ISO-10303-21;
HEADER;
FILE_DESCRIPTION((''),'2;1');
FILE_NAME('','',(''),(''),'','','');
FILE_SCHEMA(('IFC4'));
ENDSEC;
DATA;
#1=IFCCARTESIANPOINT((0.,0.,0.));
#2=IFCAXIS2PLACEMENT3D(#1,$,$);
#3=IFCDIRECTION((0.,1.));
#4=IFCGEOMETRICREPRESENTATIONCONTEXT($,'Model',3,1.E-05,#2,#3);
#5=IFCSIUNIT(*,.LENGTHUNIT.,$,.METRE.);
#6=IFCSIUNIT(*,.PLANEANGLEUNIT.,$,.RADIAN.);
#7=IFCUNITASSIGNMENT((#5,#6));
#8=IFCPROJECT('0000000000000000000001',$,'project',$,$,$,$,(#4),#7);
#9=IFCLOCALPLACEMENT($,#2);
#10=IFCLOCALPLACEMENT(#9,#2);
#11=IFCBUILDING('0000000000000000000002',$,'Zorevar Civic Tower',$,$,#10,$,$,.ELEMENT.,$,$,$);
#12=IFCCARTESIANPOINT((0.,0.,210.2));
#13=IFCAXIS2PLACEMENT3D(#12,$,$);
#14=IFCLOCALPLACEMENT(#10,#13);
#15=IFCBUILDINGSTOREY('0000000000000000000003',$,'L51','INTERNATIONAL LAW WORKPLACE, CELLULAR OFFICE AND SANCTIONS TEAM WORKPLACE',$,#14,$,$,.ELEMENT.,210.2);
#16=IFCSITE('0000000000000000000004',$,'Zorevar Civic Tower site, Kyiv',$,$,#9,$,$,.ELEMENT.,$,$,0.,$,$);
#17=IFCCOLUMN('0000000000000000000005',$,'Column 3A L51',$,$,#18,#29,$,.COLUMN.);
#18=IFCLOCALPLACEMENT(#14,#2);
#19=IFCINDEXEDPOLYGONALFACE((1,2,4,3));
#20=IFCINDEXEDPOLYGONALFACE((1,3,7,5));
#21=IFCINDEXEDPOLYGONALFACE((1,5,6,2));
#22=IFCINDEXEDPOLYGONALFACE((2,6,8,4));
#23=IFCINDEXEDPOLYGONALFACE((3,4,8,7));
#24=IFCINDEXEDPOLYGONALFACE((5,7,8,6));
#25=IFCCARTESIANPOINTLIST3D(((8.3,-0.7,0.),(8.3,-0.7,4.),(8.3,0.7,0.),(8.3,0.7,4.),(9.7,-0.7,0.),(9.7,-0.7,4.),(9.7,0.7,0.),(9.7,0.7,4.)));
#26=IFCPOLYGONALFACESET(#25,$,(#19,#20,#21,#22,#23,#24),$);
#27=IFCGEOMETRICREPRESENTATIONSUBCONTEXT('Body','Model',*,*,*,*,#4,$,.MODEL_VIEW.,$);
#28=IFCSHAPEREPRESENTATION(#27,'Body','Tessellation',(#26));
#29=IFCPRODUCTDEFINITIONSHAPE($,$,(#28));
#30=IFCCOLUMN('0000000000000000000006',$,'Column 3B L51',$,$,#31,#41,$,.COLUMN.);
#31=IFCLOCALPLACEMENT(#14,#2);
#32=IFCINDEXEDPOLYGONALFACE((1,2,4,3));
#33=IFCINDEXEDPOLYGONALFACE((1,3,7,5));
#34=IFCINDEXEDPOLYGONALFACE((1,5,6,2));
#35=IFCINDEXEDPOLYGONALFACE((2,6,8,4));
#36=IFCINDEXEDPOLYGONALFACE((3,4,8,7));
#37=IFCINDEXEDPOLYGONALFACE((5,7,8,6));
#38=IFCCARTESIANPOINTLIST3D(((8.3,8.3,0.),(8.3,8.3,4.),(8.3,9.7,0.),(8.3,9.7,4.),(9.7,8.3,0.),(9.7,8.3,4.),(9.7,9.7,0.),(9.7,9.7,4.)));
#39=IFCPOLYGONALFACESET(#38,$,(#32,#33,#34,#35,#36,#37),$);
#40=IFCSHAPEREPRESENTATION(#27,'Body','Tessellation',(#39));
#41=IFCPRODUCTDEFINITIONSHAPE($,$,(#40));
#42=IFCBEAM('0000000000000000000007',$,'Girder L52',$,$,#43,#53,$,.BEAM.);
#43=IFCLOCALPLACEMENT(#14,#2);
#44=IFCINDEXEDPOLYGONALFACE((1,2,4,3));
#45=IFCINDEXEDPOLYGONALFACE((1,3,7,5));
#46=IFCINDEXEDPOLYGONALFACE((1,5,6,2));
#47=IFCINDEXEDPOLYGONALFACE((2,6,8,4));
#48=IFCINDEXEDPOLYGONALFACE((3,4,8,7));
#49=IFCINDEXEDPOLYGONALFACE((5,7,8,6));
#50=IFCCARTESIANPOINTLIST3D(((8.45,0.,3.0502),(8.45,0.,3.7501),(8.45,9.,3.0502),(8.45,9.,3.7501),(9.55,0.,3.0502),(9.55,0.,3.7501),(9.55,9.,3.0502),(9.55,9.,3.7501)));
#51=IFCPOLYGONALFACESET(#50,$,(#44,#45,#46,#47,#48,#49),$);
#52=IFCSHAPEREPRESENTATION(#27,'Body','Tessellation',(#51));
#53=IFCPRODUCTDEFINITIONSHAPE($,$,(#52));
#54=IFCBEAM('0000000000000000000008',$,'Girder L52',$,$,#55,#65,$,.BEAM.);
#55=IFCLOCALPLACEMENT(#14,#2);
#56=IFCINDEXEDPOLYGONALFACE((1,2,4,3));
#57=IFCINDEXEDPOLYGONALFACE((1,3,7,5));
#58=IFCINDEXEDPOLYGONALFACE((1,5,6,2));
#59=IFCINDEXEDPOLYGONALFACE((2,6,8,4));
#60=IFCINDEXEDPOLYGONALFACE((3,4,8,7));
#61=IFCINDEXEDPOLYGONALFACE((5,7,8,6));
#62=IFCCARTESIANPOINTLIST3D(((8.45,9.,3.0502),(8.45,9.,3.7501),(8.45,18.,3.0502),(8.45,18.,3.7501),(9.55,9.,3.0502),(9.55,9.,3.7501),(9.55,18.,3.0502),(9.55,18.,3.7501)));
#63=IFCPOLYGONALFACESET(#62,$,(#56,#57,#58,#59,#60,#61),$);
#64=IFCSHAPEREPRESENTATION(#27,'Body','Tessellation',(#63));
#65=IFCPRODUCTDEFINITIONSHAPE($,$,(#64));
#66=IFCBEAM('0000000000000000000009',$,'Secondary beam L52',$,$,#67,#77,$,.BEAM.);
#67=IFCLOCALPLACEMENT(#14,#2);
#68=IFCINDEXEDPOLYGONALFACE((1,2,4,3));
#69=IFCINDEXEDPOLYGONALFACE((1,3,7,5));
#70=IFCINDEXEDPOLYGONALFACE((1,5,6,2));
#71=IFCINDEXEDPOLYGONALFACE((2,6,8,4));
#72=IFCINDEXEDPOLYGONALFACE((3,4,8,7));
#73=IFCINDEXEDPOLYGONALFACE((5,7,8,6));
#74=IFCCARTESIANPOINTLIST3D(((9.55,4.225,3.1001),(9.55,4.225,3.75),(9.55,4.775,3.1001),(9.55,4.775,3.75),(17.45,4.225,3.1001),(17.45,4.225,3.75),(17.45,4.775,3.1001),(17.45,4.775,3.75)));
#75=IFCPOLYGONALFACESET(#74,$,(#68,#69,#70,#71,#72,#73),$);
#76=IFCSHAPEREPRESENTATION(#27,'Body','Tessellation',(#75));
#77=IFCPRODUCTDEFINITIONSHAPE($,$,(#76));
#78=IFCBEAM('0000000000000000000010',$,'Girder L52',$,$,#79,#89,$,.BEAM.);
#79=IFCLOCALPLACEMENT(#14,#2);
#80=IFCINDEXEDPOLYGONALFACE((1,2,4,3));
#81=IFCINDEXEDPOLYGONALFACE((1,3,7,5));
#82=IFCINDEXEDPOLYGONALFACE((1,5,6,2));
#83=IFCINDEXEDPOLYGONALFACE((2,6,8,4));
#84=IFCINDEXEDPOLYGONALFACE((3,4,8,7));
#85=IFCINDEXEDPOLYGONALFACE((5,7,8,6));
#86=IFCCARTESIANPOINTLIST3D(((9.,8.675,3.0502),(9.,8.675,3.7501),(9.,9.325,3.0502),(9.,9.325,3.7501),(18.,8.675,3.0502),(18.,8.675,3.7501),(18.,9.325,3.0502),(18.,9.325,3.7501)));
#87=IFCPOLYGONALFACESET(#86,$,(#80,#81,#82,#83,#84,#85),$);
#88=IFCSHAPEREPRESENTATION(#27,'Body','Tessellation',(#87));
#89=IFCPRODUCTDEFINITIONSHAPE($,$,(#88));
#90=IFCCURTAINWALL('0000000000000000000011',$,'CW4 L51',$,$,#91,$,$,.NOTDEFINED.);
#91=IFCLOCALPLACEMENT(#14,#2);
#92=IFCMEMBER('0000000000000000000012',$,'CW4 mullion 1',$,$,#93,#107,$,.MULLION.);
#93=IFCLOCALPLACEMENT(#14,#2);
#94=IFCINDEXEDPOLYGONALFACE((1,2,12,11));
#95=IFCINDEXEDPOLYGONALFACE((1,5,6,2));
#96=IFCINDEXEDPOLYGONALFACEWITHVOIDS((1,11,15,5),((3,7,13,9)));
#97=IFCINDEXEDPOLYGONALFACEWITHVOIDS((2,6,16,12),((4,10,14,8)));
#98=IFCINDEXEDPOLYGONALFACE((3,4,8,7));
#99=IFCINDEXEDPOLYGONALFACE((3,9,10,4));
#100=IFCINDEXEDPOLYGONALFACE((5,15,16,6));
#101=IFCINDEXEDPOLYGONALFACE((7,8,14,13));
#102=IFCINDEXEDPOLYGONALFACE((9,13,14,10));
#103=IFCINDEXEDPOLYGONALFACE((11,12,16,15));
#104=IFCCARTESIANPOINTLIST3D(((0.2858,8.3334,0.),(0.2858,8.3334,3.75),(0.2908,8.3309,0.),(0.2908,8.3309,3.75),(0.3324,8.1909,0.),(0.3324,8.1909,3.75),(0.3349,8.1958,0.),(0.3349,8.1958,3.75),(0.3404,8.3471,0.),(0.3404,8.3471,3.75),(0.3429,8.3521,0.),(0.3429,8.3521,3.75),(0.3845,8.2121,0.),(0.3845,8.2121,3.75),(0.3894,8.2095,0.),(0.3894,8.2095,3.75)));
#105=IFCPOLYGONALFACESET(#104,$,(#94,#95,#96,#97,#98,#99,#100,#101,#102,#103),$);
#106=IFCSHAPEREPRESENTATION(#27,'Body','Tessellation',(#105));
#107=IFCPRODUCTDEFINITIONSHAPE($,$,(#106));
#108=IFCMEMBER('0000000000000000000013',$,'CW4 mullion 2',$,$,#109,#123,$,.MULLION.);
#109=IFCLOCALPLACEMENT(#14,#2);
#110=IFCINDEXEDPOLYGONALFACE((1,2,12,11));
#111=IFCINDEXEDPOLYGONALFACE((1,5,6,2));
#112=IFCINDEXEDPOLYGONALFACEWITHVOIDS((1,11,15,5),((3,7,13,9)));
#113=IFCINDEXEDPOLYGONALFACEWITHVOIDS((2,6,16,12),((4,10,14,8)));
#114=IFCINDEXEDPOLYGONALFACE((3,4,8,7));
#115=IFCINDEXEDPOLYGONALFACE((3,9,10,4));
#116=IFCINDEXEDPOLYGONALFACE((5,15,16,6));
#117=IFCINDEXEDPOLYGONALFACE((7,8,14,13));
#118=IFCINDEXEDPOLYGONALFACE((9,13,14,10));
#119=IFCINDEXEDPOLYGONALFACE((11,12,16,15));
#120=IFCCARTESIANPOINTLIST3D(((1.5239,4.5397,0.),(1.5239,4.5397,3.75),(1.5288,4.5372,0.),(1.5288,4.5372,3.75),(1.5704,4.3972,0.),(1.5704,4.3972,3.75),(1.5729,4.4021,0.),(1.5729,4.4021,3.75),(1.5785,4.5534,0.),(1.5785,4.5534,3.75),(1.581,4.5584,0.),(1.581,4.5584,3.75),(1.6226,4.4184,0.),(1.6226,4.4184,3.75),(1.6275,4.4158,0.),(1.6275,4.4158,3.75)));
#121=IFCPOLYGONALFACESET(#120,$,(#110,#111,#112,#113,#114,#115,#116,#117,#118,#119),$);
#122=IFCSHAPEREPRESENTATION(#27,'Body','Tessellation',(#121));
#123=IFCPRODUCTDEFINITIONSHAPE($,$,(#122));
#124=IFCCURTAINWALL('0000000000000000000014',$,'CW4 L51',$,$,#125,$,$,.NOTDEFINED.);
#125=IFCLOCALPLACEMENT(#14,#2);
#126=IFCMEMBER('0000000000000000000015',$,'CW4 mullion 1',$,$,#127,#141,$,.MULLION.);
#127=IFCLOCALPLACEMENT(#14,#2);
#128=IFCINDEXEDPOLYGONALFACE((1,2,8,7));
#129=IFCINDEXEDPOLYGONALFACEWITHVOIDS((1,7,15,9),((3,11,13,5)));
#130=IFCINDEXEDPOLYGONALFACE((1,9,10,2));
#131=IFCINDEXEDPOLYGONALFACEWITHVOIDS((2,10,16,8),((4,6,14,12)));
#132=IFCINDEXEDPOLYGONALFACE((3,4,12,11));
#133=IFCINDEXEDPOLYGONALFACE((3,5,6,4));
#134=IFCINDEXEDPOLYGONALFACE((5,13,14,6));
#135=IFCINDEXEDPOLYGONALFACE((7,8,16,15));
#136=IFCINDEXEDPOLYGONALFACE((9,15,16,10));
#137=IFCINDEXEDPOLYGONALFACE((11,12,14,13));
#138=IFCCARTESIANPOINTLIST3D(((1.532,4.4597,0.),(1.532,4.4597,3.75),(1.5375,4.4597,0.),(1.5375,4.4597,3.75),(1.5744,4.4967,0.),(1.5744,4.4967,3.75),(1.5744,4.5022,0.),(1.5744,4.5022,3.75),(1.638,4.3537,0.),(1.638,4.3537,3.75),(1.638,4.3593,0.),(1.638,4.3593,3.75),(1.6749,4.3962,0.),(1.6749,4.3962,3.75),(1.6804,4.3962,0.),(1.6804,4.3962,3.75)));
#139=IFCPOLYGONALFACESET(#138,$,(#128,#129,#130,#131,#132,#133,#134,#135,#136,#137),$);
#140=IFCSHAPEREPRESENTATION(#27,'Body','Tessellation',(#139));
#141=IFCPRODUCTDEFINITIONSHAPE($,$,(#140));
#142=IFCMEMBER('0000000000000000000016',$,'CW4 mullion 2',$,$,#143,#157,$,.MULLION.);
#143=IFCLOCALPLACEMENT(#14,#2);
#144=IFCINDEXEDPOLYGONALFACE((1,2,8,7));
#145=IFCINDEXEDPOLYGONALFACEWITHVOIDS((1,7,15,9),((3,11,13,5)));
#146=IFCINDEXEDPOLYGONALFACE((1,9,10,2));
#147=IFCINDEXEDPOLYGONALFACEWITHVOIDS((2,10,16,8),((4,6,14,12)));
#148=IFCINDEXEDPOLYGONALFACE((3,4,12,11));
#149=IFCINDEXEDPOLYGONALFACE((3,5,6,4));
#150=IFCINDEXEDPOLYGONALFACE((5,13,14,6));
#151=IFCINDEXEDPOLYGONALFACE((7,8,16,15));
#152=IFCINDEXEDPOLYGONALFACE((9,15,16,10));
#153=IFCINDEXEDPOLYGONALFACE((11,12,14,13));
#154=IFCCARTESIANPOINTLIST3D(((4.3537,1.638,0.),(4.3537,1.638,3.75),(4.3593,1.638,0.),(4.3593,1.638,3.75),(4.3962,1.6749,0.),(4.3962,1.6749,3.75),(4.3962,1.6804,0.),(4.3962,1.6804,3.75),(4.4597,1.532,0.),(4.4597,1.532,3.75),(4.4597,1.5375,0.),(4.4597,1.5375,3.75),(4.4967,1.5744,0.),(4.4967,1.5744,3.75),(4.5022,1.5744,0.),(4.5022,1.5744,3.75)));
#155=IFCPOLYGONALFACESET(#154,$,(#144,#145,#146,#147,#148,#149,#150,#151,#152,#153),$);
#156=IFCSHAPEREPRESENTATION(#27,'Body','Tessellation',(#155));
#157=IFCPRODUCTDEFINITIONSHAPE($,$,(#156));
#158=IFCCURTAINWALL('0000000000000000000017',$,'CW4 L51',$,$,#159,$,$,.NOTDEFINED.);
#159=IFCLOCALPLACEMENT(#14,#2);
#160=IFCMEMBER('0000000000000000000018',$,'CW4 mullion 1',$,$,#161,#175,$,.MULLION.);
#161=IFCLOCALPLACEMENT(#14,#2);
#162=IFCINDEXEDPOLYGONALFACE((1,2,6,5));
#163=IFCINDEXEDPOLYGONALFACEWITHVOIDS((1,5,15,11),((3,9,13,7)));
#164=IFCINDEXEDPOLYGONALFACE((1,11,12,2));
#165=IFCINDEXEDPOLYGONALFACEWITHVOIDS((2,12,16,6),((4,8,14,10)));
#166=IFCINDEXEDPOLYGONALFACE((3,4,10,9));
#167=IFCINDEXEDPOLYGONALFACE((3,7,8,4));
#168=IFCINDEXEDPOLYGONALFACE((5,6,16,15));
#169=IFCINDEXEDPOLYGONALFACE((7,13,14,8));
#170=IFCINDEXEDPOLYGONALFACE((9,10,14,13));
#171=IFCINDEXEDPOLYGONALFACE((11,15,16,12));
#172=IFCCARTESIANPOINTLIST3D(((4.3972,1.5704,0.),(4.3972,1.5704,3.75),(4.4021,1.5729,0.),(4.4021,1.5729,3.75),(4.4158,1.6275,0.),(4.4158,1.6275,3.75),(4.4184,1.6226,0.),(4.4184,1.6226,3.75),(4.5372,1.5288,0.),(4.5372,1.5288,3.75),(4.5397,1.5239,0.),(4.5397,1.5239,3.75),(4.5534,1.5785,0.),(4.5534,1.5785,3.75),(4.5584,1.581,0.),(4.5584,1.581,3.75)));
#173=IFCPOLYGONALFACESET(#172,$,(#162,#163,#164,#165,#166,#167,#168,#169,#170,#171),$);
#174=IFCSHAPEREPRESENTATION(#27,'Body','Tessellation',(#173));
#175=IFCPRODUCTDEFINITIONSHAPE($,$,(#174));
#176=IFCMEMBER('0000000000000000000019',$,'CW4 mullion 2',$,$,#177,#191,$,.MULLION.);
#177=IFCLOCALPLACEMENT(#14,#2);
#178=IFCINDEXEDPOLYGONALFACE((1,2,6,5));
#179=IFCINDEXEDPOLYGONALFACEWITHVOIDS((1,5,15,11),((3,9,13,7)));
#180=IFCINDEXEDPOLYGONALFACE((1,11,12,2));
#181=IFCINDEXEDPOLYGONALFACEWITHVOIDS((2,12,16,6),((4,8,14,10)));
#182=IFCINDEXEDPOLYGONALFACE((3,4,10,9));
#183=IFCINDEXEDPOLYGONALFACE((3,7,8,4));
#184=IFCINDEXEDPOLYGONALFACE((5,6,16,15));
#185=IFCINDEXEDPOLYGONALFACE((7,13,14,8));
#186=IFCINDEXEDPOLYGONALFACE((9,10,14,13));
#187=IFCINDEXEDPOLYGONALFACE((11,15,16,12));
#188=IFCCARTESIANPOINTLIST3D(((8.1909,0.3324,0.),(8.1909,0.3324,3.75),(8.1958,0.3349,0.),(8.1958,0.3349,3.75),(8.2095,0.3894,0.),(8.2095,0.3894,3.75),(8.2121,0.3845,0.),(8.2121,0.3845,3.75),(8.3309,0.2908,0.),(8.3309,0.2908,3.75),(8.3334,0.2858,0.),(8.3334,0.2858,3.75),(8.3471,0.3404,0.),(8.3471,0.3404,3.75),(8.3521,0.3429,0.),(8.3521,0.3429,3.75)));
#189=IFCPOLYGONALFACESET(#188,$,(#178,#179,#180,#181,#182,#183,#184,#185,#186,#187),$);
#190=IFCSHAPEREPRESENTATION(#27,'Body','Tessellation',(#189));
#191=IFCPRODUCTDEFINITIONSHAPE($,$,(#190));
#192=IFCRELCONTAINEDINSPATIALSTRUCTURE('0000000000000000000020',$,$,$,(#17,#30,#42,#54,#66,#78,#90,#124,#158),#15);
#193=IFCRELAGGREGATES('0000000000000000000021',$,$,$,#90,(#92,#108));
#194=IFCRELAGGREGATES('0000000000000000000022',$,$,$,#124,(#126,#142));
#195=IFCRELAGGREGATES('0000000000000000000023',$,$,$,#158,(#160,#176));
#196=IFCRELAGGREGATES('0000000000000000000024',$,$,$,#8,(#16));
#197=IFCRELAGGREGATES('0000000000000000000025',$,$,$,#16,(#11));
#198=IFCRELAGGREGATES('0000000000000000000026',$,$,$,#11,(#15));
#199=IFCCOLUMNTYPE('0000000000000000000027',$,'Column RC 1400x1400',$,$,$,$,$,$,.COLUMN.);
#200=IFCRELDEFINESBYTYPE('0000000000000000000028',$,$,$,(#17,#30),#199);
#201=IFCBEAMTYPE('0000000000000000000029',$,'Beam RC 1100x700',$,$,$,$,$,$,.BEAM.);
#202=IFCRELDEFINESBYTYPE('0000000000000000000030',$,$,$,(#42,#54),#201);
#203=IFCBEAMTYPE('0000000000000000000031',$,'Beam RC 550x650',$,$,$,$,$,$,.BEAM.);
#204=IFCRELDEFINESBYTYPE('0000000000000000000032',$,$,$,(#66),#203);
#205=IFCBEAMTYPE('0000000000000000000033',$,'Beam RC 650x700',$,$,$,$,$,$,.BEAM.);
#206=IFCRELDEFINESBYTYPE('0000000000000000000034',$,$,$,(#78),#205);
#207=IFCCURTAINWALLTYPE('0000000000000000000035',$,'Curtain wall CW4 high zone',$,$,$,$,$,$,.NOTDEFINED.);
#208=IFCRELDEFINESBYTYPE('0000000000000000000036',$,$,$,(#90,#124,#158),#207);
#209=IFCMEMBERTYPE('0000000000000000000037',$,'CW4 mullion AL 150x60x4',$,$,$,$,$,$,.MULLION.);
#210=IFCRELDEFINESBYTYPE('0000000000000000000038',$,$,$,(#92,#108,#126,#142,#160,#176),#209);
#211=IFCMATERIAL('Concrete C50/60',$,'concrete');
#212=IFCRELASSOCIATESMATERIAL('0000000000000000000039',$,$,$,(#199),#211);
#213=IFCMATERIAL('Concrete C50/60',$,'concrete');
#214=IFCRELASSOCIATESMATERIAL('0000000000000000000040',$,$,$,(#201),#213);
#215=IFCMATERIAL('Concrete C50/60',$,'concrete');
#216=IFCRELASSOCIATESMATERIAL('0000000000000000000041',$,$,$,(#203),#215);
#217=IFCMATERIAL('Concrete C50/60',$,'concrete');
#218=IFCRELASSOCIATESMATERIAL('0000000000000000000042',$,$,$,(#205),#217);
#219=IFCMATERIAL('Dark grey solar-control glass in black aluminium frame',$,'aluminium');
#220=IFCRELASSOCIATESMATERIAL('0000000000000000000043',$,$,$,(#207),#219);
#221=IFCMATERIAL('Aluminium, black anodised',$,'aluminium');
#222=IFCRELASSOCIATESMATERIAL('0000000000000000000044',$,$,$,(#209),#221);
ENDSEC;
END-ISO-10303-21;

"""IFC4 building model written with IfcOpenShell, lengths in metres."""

from ifc_helpers import new_model, si_unit, direction, frame, origin, origin_2d, place, context, subcontext, project, spatial, rectangle, hollow_rectangle, extrude, material, material_profile, profile_set, type_object, element, aggregate, save


model = new_model("IFC4")

# Units and contexts
model_context = context("Model", 3, precision=1e-05, world=origin(), true_north=direction((0.0, 1.0)))
body_context = subcontext(model_context, "Body", "Model", "MODEL_VIEW")
ifc_project = project(units=[si_unit("LENGTHUNIT", "METRE"), si_unit("PLANEANGLEUNIT", "RADIAN")], contexts=[model_context])

# Site, building, storey
site_placement = place(None, origin())
site = spatial("IfcSite", under=ifc_project, at=site_placement, Name="Zorevar Civic Tower site, Kyiv", CompositionType="ELEMENT", RefElevation=0.0)
building_placement = place(site_placement, origin())
building = spatial("IfcBuilding", under=site, at=building_placement, Name="Zorevar Civic Tower", CompositionType="ELEMENT")
storey_placement = place(building_placement, frame((0.0, 0.0, 210.2)))
storey = spatial("IfcBuildingStorey", under=building, at=storey_placement, Name="L51", Description="INTERNATIONAL LAW WORKPLACE, CELLULAR OFFICE AND SANCTIONS TEAM WORKPLACE", CompositionType="ELEMENT", Elevation=210.2)

# Columns
ifc_material_1 = material(Name="Concrete C50/60", Category="concrete")
ifc_material_profile_1 = material_profile(ifc_material_1, rectangle(XDim=1.3999, YDim=1.3999, at=origin_2d()), Name="RC 1400x1400")
ifc_profile_set_1 = profile_set([ifc_material_profile_1], Name="Concrete C50/60")
column_type = type_object("IfcColumnType", Name="Column RC 1400x1400", PredefinedType="COLUMN", material=ifc_profile_set_1)
for number, where, z_axis, x_axis, name in (
    (1, (9.0, 0.0, 0.0), (0.0, 0.0, 1.0), (1.0, 0.0, 0.0), "Column 3A L51"),
    (2, (9.0, 9.0, 0.0), (0.0, 0.0, 1.0), (1.0, 0.0, 0.0), "Column 3B L51"),
):
    element("IfcColumn", number, at=place(storey_placement, frame(where, z_axis=z_axis, x_axis=x_axis)), inside=storey, type_object=column_type, Name=name, PredefinedType="COLUMN", context=body_context, shape_type="SweptSolid", body=[
        extrude(rectangle(XDim=1.3999, YDim=1.3999, at=origin_2d()), origin(), (0.0, 0.0, 1.0), 4.0),
    ])

# Beams
ifc_material_2 = material(Name="Concrete C50/60", Category="concrete")
ifc_material_profile_2 = material_profile(ifc_material_2, rectangle(XDim=1.1001, YDim=0.7, at=origin_2d()), Name="RC 1100x700")
ifc_profile_set_2 = profile_set([ifc_material_profile_2], Name="Concrete C50/60")
beam_type_1 = type_object("IfcBeamType", Name="Beam RC 1100x700", PredefinedType="BEAM", material=ifc_profile_set_2)
for number, where, z_axis, x_axis, name in (
    (3, (9.0, 0.0, 3.4001), (0.0, 1.0, 0.0), (-1.0, 0.0, 0.0), "Girder L52"),
    (4, (9.0, 9.0, 3.4001), (0.0, 1.0, 0.0), (-1.0, 0.0, 0.0), "Girder L52"),
):
    element("IfcBeam", number, at=place(storey_placement, frame(where, z_axis=z_axis, x_axis=x_axis)), inside=storey, type_object=beam_type_1, Name=name, PredefinedType="BEAM", context=body_context, shape_type="SweptSolid", body=[
        extrude(rectangle(XDim=1.1001, YDim=0.7, at=origin_2d()), origin(), (0.0, 0.0, 1.0), 9.0),
    ])
ifc_material_3 = material(Name="Concrete C50/60", Category="concrete")
ifc_material_profile_3 = material_profile(ifc_material_3, rectangle(XDim=0.55, YDim=0.6499, at=origin_2d()), Name="RC 550x650")
ifc_profile_set_3 = profile_set([ifc_material_profile_3], Name="Concrete C50/60")
beam_type_2 = type_object("IfcBeamType", Name="Beam RC 550x650", PredefinedType="BEAM", material=ifc_profile_set_3)
beam_1_placement = place(storey_placement, frame((9.55, 4.5, 3.425), z_axis=(1.0, 0.0, 0.0), x_axis=(0.0, 1.0, 0.0)))
element("IfcBeam", 5, at=beam_1_placement, inside=storey, type_object=beam_type_2, Name="Secondary beam L52", PredefinedType="BEAM", context=body_context, shape_type="SweptSolid", body=[
    extrude(rectangle(XDim=0.55, YDim=0.6499, at=origin_2d()), origin(), (0.0, 0.0, 1.0), 7.8999),
])
ifc_material_4 = material(Name="Concrete C50/60", Category="concrete")
ifc_material_profile_4 = material_profile(ifc_material_4, rectangle(XDim=0.6499, YDim=0.7, at=origin_2d()), Name="RC 650x700")
ifc_profile_set_4 = profile_set([ifc_material_profile_4], Name="Concrete C50/60")
beam_type_3 = type_object("IfcBeamType", Name="Beam RC 650x700", PredefinedType="BEAM", material=ifc_profile_set_4)
beam_2_placement = place(storey_placement, frame((9.0, 9.0, 3.4001), z_axis=(1.0, 0.0, 0.0), x_axis=(0.0, 1.0, 0.0)))
element("IfcBeam", 6, at=beam_2_placement, inside=storey, type_object=beam_type_3, Name="Girder L52", PredefinedType="BEAM", context=body_context, shape_type="SweptSolid", body=[
    extrude(rectangle(XDim=0.6499, YDim=0.7, at=origin_2d()), origin(), (0.0, 0.0, 1.0), 9.0),
])

# Curtain walls, members
ifc_material_5 = material(Name="Dark grey solar-control glass in black aluminium frame", Category="aluminium")
curtain_wall_type = type_object("IfcCurtainWallType", Name="Curtain wall CW4 high zone", PredefinedType="NOTDEFINED", material=ifc_material_5)
curtain_wall_1_placement = place(storey_placement, origin())
curtain_wall_1 = element("IfcCurtainWall", 7, at=curtain_wall_1_placement, inside=storey, type_object=curtain_wall_type, Name="CW4 L51", PredefinedType="NOTDEFINED")
ifc_material_6 = material(Name="Aluminium, black anodised", Category="aluminium")
ifc_material_profile_5 = material_profile(ifc_material_6, hollow_rectangle(XDim=0.0601, YDim=0.1499, WallThickness=0.0039, at=origin_2d()), Name="AL 150x60x4")
ifc_profile_set_5 = profile_set([ifc_material_profile_5], Name="Aluminium, black anodised")
member_type_1 = type_object("IfcMemberType", Name="CW4 mullion AL 150x60x4", PredefinedType="MULLION", material=ifc_profile_set_5)
member_1_placement = place(storey_placement, frame((0.3376, 8.2715, 0.0), z_axis=(0.0, 0.0, 1.0), x_axis=(0.950645, 0.310281, 0.0)))
member_1 = element("IfcMember", 8, at=member_1_placement, type_object=member_type_1, Name="CW4 mullion 1", PredefinedType="MULLION", context=body_context, shape_type="SweptSolid", body=[
    extrude(hollow_rectangle(XDim=0.0601, YDim=0.1499, WallThickness=0.0039, at=origin_2d()), origin(), (0.0, 0.0, 1.0), 3.75),
])
member_2_placement = place(storey_placement, frame((1.5757, 4.4778, 0.0), z_axis=(0.0, 0.0, 1.0), x_axis=(0.950645, 0.310281, 0.0)))
member_2 = element("IfcMember", 9, at=member_2_placement, type_object=member_type_1, Name="CW4 mullion 2", PredefinedType="MULLION", context=body_context, shape_type="SweptSolid", body=[
    extrude(hollow_rectangle(XDim=0.0601, YDim=0.1499, WallThickness=0.0039, at=origin_2d()), origin(), (0.0, 0.0, 1.0), 3.75),
])
curtain_wall_2_placement = place(storey_placement, origin())
curtain_wall_2 = element("IfcCurtainWall", 10, at=curtain_wall_2_placement, inside=storey, type_object=curtain_wall_type, Name="CW4 L51", PredefinedType="NOTDEFINED")
member_3_placement = place(storey_placement, frame((1.6062, 4.428, 0.0), z_axis=(0.0, 0.0, 1.0), x_axis=(0.707107, 0.707107, 0.0)))
member_3 = element("IfcMember", 11, at=member_3_placement, type_object=member_type_1, Name="CW4 mullion 1", PredefinedType="MULLION", context=body_context, shape_type="SweptSolid", body=[
    extrude(hollow_rectangle(XDim=0.0601, YDim=0.1499, WallThickness=0.0039, at=origin_2d()), origin(), (0.0, 0.0, 1.0), 3.75),
])
member_4_placement = place(storey_placement, frame((4.428, 1.6062, 0.0), z_axis=(0.0, 0.0, 1.0), x_axis=(0.707107, 0.707107, 0.0)))
member_4 = element("IfcMember", 12, at=member_4_placement, type_object=member_type_1, Name="CW4 mullion 2", PredefinedType="MULLION", context=body_context, shape_type="SweptSolid", body=[
    extrude(hollow_rectangle(XDim=0.0601, YDim=0.1499, WallThickness=0.0039, at=origin_2d()), origin(), (0.0, 0.0, 1.0), 3.75),
])
curtain_wall_3_placement = place(storey_placement, origin())
curtain_wall_3 = element("IfcCurtainWall", 13, at=curtain_wall_3_placement, inside=storey, type_object=curtain_wall_type, Name="CW4 L51", PredefinedType="NOTDEFINED")
member_5_placement = place(storey_placement, frame((4.4778, 1.5757, 0.0), z_axis=(0.0, 0.0, 1.0), x_axis=(0.310281, 0.950645, 0.0)))
member_5 = element("IfcMember", 14, at=member_5_placement, type_object=member_type_1, Name="CW4 mullion 1", PredefinedType="MULLION", context=body_context, shape_type="SweptSolid", body=[
    extrude(hollow_rectangle(XDim=0.0601, YDim=0.1499, WallThickness=0.0039, at=origin_2d()), origin(), (0.0, 0.0, 1.0), 3.75),
])
member_6_placement = place(storey_placement, frame((8.2715, 0.3376, 0.0), z_axis=(0.0, 0.0, 1.0), x_axis=(0.310281, 0.950645, 0.0)))
member_6 = element("IfcMember", 15, at=member_6_placement, type_object=member_type_1, Name="CW4 mullion 2", PredefinedType="MULLION", context=body_context, shape_type="SweptSolid", body=[
    extrude(hollow_rectangle(XDim=0.0601, YDim=0.1499, WallThickness=0.0039, at=origin_2d()), origin(), (0.0, 0.0, 1.0), 3.75),
])

aggregate(curtain_wall_1, [member_1, member_2])
aggregate(curtain_wall_2, [member_3, member_4])
aggregate(curtain_wall_3, [member_5, member_6])

save(model, "model.ifc")
